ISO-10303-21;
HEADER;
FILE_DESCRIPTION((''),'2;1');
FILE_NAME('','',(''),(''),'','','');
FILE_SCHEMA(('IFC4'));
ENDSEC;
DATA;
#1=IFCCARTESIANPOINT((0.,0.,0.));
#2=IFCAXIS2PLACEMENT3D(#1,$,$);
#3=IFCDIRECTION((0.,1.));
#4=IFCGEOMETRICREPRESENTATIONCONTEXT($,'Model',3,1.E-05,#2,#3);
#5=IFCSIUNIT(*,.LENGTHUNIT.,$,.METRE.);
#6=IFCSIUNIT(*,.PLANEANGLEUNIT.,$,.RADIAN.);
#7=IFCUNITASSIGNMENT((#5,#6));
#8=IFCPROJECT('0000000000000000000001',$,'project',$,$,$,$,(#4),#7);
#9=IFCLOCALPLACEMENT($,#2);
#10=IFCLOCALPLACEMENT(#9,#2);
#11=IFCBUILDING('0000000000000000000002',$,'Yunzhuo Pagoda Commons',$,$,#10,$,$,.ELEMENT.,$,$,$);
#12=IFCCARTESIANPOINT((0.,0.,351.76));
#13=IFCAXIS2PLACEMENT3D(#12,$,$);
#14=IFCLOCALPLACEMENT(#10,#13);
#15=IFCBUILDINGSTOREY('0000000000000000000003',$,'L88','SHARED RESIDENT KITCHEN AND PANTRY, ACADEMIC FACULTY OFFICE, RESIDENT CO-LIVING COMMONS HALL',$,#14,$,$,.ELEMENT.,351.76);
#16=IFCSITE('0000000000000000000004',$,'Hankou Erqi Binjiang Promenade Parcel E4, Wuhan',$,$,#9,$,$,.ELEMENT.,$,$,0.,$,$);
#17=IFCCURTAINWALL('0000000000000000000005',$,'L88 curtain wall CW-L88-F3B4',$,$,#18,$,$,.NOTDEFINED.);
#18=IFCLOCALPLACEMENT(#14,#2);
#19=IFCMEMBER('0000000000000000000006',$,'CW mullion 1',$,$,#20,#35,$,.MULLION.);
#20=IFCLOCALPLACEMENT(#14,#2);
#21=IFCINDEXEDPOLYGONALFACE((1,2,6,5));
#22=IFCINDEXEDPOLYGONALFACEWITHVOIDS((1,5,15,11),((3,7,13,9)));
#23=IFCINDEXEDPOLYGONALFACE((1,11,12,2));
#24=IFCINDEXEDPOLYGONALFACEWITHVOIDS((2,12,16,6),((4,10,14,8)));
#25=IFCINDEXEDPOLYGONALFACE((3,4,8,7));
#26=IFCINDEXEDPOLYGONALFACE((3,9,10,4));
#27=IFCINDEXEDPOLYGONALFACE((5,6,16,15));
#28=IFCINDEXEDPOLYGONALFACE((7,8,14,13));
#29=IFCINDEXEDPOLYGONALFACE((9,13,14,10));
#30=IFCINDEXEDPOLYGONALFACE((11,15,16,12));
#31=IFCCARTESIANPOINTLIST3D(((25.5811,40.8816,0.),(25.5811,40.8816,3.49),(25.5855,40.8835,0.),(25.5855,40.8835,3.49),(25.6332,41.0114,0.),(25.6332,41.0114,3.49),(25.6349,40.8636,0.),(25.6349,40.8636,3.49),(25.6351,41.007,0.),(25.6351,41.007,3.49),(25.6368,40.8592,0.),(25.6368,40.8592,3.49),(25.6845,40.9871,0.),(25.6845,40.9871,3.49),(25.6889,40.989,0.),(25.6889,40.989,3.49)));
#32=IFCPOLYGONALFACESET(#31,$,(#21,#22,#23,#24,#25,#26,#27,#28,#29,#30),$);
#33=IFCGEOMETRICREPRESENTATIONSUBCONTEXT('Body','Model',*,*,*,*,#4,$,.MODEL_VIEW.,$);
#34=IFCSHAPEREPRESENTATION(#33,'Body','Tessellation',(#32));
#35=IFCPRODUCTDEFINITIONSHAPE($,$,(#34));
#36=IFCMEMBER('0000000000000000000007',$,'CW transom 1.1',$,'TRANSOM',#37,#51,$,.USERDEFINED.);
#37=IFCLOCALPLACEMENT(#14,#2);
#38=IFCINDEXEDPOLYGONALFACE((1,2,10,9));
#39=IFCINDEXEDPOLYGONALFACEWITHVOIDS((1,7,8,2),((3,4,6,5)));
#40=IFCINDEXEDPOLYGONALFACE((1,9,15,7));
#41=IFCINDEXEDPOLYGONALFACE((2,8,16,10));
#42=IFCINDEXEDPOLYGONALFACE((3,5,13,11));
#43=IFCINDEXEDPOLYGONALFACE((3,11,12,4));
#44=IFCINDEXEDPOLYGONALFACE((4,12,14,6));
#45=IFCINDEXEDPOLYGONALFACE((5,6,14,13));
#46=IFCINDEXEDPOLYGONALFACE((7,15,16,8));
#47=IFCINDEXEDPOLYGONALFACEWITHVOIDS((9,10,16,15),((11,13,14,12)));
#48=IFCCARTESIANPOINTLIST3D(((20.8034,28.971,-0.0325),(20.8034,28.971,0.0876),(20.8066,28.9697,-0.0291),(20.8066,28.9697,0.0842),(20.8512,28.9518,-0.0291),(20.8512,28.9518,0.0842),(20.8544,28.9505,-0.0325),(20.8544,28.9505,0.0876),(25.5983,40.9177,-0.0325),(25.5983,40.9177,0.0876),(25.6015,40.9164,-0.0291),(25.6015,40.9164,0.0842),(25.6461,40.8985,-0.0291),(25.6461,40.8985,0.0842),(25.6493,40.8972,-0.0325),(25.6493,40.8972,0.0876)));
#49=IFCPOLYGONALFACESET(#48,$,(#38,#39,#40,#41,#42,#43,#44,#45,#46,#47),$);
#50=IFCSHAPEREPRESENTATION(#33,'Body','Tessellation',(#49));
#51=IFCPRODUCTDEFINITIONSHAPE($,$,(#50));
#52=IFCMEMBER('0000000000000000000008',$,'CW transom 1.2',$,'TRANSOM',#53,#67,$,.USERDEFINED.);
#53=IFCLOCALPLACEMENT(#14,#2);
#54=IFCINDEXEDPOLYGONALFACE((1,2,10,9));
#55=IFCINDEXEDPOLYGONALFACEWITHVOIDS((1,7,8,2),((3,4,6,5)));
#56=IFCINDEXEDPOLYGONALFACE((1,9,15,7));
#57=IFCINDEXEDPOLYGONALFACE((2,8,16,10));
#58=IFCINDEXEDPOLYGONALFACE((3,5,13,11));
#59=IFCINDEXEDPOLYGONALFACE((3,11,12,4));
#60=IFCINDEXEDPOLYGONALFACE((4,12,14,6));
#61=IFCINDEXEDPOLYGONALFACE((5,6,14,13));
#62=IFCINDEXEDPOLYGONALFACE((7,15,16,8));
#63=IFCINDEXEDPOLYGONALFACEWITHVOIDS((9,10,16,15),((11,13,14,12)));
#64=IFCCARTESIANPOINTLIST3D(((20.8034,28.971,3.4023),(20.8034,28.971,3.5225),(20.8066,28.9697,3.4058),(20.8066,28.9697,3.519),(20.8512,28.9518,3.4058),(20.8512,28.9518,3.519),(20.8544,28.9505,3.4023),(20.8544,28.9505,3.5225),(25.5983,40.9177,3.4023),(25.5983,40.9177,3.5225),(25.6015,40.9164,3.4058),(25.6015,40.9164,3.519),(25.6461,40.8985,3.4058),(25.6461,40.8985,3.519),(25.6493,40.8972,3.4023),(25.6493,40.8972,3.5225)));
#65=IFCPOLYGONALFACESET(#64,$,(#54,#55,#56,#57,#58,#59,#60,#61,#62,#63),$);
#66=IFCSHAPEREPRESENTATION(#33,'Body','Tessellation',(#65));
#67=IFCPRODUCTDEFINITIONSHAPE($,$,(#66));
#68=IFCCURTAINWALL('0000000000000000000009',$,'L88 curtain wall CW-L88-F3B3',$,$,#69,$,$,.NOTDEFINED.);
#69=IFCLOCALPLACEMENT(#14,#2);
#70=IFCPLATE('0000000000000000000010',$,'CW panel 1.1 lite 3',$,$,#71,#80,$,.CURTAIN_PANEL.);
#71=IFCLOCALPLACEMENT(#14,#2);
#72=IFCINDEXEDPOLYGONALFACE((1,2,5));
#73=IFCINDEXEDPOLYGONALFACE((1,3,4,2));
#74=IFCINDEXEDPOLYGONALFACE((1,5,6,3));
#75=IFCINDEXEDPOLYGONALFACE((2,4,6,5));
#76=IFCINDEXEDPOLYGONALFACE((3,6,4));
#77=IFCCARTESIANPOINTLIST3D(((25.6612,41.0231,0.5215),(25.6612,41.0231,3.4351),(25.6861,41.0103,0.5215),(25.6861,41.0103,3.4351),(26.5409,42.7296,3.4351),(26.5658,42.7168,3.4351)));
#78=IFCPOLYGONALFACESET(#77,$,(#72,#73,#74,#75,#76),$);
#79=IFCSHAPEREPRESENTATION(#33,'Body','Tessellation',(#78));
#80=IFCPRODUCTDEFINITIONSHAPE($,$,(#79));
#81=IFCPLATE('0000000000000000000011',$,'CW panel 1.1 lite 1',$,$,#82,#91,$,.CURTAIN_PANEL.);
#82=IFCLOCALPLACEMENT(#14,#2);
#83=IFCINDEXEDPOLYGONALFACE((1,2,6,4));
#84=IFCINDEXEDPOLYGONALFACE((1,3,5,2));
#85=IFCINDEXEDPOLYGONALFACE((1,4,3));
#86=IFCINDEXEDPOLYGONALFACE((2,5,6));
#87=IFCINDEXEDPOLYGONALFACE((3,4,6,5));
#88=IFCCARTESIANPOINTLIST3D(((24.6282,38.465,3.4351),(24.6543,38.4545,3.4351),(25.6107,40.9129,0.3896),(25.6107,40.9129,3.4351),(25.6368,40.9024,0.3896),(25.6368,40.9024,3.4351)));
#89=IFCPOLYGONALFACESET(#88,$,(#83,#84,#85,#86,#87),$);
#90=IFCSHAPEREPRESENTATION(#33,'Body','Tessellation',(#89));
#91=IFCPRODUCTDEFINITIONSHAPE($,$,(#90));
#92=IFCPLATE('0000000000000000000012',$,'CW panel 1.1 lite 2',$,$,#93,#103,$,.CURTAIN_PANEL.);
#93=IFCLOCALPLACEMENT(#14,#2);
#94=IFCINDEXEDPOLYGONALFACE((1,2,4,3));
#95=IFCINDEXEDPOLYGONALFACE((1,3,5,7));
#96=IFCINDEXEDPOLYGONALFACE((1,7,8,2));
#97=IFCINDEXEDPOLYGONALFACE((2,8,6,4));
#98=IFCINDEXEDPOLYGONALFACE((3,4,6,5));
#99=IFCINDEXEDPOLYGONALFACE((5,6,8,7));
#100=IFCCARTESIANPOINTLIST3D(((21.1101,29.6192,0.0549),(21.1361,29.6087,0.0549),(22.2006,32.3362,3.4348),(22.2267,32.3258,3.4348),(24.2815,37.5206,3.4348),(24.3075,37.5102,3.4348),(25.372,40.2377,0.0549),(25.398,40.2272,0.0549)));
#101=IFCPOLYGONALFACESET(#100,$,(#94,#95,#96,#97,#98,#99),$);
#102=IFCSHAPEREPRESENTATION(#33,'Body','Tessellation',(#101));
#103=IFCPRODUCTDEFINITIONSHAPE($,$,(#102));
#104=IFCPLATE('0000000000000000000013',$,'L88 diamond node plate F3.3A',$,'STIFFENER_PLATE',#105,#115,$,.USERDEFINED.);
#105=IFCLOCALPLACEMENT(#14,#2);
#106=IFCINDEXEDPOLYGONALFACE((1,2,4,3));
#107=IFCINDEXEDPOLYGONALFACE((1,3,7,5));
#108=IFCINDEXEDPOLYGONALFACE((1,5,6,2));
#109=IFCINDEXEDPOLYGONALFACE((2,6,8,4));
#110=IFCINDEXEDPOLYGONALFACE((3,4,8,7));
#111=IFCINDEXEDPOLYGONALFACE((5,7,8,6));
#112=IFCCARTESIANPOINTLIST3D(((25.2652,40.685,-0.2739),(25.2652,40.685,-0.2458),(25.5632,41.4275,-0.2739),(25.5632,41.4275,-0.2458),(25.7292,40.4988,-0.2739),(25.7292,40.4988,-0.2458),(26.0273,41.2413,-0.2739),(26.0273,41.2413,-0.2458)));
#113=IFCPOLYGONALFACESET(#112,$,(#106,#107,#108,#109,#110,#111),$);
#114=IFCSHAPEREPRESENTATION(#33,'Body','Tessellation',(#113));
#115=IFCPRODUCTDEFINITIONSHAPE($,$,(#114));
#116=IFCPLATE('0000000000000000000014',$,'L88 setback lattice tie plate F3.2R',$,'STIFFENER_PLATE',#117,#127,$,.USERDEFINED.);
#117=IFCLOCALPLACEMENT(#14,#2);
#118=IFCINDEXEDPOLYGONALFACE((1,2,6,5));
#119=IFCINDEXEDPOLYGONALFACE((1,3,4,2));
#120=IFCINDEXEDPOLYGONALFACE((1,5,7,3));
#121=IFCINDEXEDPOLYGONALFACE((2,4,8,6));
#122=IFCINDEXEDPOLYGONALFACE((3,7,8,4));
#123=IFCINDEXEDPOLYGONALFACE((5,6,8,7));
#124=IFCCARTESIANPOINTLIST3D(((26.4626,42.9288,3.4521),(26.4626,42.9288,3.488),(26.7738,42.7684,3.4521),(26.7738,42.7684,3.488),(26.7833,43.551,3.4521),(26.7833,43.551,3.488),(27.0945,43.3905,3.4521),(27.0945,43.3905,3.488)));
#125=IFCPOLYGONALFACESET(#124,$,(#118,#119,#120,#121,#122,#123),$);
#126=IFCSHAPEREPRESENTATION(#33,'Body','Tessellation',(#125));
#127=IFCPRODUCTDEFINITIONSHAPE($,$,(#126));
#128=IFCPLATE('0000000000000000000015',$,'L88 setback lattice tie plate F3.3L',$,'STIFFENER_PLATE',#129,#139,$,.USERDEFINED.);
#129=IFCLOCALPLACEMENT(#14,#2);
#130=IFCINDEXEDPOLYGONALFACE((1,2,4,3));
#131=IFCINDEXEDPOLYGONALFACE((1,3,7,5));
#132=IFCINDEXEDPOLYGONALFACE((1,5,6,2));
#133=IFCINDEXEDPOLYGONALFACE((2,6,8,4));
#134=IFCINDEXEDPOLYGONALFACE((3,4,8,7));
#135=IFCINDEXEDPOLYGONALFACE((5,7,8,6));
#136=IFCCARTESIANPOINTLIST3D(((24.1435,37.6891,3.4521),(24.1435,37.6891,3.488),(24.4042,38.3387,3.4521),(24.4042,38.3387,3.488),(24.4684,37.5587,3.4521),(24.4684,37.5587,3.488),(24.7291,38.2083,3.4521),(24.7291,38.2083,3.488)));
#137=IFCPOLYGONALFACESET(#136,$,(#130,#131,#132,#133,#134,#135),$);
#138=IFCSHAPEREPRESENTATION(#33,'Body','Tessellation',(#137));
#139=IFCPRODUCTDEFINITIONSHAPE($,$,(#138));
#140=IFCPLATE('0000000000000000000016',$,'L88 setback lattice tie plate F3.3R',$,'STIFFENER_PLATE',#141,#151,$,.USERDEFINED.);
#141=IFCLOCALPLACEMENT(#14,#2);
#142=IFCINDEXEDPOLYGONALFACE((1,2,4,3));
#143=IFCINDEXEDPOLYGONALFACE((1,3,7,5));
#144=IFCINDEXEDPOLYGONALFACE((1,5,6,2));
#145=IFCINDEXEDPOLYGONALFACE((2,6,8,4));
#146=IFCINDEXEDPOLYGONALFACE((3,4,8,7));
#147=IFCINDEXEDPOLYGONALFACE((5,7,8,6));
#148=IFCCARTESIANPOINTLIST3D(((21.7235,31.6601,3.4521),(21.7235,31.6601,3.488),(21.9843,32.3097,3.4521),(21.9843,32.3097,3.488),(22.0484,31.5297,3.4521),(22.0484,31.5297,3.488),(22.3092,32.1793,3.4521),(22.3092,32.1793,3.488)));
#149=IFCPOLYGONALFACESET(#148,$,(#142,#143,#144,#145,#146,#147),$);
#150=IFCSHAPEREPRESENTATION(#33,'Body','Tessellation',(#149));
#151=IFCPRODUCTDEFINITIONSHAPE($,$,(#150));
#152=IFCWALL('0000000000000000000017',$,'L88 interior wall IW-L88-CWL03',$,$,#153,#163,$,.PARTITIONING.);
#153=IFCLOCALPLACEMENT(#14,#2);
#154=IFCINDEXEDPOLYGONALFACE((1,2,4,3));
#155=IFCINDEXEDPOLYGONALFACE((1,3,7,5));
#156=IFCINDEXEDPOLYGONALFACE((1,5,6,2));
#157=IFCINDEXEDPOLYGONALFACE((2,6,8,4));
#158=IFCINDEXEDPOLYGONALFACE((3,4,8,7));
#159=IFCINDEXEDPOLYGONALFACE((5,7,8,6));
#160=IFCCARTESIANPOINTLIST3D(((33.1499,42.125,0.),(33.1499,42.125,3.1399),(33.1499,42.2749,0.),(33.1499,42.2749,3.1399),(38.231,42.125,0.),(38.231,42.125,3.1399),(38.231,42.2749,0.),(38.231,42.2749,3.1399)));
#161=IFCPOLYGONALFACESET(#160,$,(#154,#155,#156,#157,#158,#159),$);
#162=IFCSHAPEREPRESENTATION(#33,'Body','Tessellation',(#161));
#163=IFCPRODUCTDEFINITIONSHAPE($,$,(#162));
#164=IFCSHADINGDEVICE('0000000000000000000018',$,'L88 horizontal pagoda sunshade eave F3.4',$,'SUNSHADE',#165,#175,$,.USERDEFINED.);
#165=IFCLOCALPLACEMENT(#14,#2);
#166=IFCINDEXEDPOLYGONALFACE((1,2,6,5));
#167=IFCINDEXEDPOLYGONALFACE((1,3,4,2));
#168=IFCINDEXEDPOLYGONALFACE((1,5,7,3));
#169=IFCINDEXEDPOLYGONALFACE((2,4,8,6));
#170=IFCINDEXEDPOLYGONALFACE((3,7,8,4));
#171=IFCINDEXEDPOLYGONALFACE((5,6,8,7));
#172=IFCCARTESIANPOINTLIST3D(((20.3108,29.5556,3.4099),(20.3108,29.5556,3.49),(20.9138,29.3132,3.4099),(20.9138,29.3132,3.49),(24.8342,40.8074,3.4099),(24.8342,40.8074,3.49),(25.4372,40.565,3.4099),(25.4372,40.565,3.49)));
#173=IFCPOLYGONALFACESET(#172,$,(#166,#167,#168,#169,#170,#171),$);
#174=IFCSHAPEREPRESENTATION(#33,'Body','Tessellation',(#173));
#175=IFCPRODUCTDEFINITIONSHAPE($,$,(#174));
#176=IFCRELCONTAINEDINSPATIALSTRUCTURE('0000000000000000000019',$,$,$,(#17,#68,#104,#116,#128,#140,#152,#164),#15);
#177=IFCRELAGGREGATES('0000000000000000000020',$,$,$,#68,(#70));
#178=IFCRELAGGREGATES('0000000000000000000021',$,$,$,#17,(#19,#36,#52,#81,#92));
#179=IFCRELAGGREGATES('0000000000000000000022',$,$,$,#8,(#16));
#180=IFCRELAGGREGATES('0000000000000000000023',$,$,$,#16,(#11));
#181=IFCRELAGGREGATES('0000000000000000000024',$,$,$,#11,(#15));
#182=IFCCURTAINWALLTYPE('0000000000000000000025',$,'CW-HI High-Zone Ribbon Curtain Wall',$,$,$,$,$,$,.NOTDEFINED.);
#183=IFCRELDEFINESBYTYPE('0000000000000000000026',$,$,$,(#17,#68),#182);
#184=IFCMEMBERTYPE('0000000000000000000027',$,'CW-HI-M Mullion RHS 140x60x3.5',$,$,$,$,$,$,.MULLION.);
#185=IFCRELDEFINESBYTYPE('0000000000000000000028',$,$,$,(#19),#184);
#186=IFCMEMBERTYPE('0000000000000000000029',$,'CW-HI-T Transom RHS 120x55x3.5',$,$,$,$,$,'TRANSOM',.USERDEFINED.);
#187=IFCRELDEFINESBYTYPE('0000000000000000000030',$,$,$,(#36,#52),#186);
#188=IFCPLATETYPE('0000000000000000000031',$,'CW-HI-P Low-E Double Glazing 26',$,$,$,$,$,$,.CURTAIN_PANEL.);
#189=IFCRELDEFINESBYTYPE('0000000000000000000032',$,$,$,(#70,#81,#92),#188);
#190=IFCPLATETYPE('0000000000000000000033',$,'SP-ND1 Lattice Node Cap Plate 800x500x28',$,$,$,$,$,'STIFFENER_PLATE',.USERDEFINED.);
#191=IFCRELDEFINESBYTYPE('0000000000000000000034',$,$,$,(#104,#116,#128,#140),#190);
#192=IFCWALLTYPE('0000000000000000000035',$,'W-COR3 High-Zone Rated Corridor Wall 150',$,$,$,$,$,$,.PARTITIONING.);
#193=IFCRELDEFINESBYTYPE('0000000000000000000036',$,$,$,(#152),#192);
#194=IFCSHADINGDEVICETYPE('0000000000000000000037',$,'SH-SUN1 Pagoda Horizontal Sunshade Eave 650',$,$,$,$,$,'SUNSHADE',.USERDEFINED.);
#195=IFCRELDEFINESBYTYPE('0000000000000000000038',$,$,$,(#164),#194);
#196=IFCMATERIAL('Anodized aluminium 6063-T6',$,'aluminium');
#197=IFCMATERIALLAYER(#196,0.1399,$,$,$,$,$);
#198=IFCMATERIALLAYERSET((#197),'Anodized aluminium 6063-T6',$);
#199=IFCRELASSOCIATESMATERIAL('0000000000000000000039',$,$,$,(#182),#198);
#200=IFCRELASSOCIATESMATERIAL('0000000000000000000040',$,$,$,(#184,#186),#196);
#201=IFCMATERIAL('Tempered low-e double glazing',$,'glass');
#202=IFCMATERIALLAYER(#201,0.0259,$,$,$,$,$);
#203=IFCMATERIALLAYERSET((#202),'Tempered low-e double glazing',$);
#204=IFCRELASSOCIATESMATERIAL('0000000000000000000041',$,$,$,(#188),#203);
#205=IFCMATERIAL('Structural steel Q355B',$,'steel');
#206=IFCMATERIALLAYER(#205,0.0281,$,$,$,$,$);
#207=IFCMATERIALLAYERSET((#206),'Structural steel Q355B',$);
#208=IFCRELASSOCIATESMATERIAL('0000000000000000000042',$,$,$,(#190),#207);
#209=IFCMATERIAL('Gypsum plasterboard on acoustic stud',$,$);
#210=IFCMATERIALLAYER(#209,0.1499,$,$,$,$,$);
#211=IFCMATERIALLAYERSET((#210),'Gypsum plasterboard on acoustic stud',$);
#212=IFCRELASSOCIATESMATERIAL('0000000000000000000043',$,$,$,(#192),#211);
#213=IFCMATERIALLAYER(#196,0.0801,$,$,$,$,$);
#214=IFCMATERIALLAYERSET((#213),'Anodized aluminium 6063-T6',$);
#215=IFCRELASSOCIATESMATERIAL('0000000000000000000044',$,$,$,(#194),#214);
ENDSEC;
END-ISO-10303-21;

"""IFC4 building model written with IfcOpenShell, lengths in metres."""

from ifc_helpers import new_model, si_unit, direction, frame, frame_2d, origin, origin_2d, place, context, subcontext, project, spatial, polyline, rectangle, hollow_rectangle, outline, extrude, source, transform, mapped, material, layer, layer_set, material_profile, profile_set, type_object, element, aggregate, save


model = new_model("IFC4")

# Units and contexts
model_context = context("Model", 3, precision=1e-05, world=origin(), true_north=direction((0.0, 1.0)))
body_context = subcontext(model_context, "Body", "Model", "MODEL_VIEW")
ifc_project = project(units=[si_unit("LENGTHUNIT", "METRE"), si_unit("PLANEANGLEUNIT", "RADIAN")], contexts=[model_context])

# Site, building, storey
site_placement = place(None, origin())
site = spatial("IfcSite", under=ifc_project, at=site_placement, Name="Hankou Erqi Binjiang Promenade Parcel E4, Wuhan", CompositionType="ELEMENT", RefElevation=0.0)
building_placement = place(site_placement, origin())
building = spatial("IfcBuilding", under=site, at=building_placement, Name="Yunzhuo Pagoda Commons", CompositionType="ELEMENT")
storey_placement = place(building_placement, frame((0.0, 0.0, 351.76)))
storey = spatial("IfcBuildingStorey", under=building, at=storey_placement, Name="L88", Description="SHARED RESIDENT KITCHEN AND PANTRY, ACADEMIC FACULTY OFFICE, RESIDENT CO-LIVING COMMONS HALL", CompositionType="ELEMENT", Elevation=351.76)

# Shared definitions
ifc_material_1 = material(Name="Structural steel Q355B", Category="steel")

# Curtain wall, members
ifc_material_2 = material(Name="Anodized aluminium 6063-T6", Category="aluminium")
ifc_layer_1 = layer(ifc_material_2, 0.1399)
ifc_layer_set_1 = layer_set([ifc_layer_1], Name="Anodized aluminium 6063-T6")
curtain_wall_type = type_object("IfcCurtainWallType", Name="CW-HI High-Zone Ribbon Curtain Wall", PredefinedType="NOTDEFINED", material=ifc_layer_set_1)
curtain_wall_1_placement = place(storey_placement, origin())
curtain_wall_1 = element("IfcCurtainWall", 1, at=curtain_wall_1_placement, inside=storey, type_object=curtain_wall_type, Name="L88 curtain wall CW-L88-F3B4", PredefinedType="NOTDEFINED")
ifc_material_profile_1 = material_profile(ifc_material_2, hollow_rectangle(XDim=0.0601, YDim=0.1399, WallThickness=0.0034, at=origin_2d()), Name="Anodized aluminium 6063-T6")
ifc_profile_set_1 = profile_set([ifc_material_profile_1], Name="Anodized aluminium 6063-T6")
member_type_1 = type_object("IfcMemberType", Name="CW-HI-M Mullion RHS 140x60x3.5", PredefinedType="MULLION", material=ifc_profile_set_1)
shared_shape_1 = source(origin(), body_context, "Body", "SweptSolid", [
    extrude(hollow_rectangle(XDim=0.0601, YDim=0.1399, WallThickness=0.0034, at=origin_2d()), origin(), (0.0, 0.0, 1.0), 3.49),
])
member_1_placement = place(storey_placement, frame((25.635, 40.9353, 0.0), z_axis=(0.0, 0.0, 1.0), x_axis=(0.928039, -0.372483, 0.0)))
member_1 = element("IfcMember", 2, at=member_1_placement, type_object=member_type_1, Name="CW mullion 1", PredefinedType="MULLION", context=body_context, shape_type="MappedRepresentation", body=[
    mapped(shared_shape_1, transform((0.0, 0.0, 0.0), scale=1.0)),
])
ifc_material_profile_2 = material_profile(ifc_material_2, hollow_rectangle(XDim=0.0549, YDim=0.1201, WallThickness=0.0034, at=origin_2d()), Name="Anodized aluminium 6063-T6")
ifc_profile_set_2 = profile_set([ifc_material_profile_2], Name="Anodized aluminium 6063-T6")
member_type_2 = type_object("IfcMemberType", Name="CW-HI-T Transom RHS 120x55x3.5", ElementType="TRANSOM", PredefinedType="USERDEFINED", material=ifc_profile_set_2)
shared_shape_2 = source(origin(), body_context, "Body", "SweptSolid", [
    extrude(hollow_rectangle(XDim=0.0549, YDim=0.1201, WallThickness=0.0034, at=origin_2d()), origin(), (0.0, 0.0, 1.0), 12.873),
])
member_2_placement = place(storey_placement, frame((25.6238, 40.9075, 0.0276), z_axis=(-0.372476, -0.928042, 0.0), x_axis=(0.928042, -0.372476, 0.0)))
member_2 = element("IfcMember", 3, at=member_2_placement, type_object=member_type_2, Name="CW transom 1.1", ObjectType="TRANSOM", PredefinedType="USERDEFINED", context=body_context, shape_type="MappedRepresentation", body=[
    mapped(shared_shape_2, transform((0.0, 0.0, 0.0), scale=1.0)),
])
member_3_placement = place(storey_placement, frame((25.6238, 40.9075, 3.4624), z_axis=(-0.372476, -0.928042, 0.0), x_axis=(0.928042, -0.372476, 0.0)))
member_3 = element("IfcMember", 4, at=member_3_placement, type_object=member_type_2, Name="CW transom 1.2", ObjectType="TRANSOM", PredefinedType="USERDEFINED", context=body_context, shape_type="MappedRepresentation", body=[
    mapped(shared_shape_2, transform((0.0, 0.0, 0.0), scale=1.0)),
])

# Curtain wall, plate
curtain_wall_2_placement = place(storey_placement, origin())
curtain_wall_2 = element("IfcCurtainWall", 5, at=curtain_wall_2_placement, inside=storey, type_object=curtain_wall_type, Name="L88 curtain wall CW-L88-F3B3", PredefinedType="NOTDEFINED")
ifc_material_3 = material(Name="Tempered low-e double glazing", Category="glass")
ifc_layer_2 = layer(ifc_material_3, 0.0259)
ifc_layer_set_2 = layer_set([ifc_layer_2], Name="Tempered low-e double glazing")
plate_type_1 = type_object("IfcPlateType", Name="CW-HI-P Low-E Double Glazing 26", PredefinedType="CURTAIN_PANEL", material=ifc_layer_set_2)
plate_1_placement = place(storey_placement, frame((26.126, 41.8635, 1.9783), z_axis=(-0.888846, 0.458207, 0.0), x_axis=(-0.458207, -0.888846, 0.0)))
plate_1 = element("IfcPlate", 6, at=plate_1_placement, type_object=plate_type_1, Name="CW panel 1.1 lite 3", PredefinedType="CURTAIN_PANEL", context=body_context, shape_type="SweptSolid", body=[
    extrude(outline(polyline([(-0.96, 1.4568), (0.96, -1.4568), (0.96, 1.4568), (-0.96, 1.4568)])), origin(), (0.0, 0.0, 1.0), 0.0281),
])
aggregate(curtain_wall_2, [plate_1])

# Plates
plate_2_placement = place(storey_placement, frame((25.1455, 39.6785, 1.9124), z_axis=(-0.928039, 0.372483, 0.0), x_axis=(-0.372483, -0.928039, 0.0)))
plate_2 = element("IfcPlate", 7, at=plate_2_placement, type_object=plate_type_1, Name="CW panel 1.1 lite 1", PredefinedType="CURTAIN_PANEL", context=body_context, shape_type="SweptSolid", body=[
    extrude(outline(polyline([(-1.3188, -1.5227), (1.3188, 1.5227), (-1.3188, 1.5227), (-1.3188, -1.5227)])), origin(), (0.0, 0.0, 1.0), 0.0281),
])
plate_3_placement = place(storey_placement, frame((23.2671, 34.918, 1.7449), z_axis=(-0.928039, 0.372483, 0.0), x_axis=(-0.372483, -0.928039, 0.0)))
plate_3 = element("IfcPlate", 8, at=plate_3_placement, type_object=plate_type_1, Name="CW panel 1.1 lite 2", PredefinedType="CURTAIN_PANEL", context=body_context, shape_type="SweptSolid", body=[
    extrude(outline(polyline([(-5.7209, -1.6899), (5.7209, -1.6899), (2.7932, 1.6899), (-2.7932, 1.6899), (-5.7209, -1.6899)])), origin(), (0.0, 0.0, 1.0), 0.0281),
])
aggregate(curtain_wall_1, [member_1, member_2, member_3, plate_2, plate_3])

# Plates
ifc_layer_3 = layer(ifc_material_1, 0.0281)
ifc_layer_set_3 = layer_set([ifc_layer_3], Name="Structural steel Q355B")
plate_type_2 = type_object("IfcPlateType", Name="SP-ND1 Lattice Node Cap Plate 800x500x28", ElementType="STIFFENER_PLATE", PredefinedType="USERDEFINED", material=ifc_layer_set_3)
shared_shape_3 = source(origin(), body_context, "Body", "SweptSolid", [
    extrude(rectangle(XDim=0.8, YDim=0.5, at=origin_2d()), origin(), (0.0, 0.0, 1.0), 0.0281),
])
plate_4_placement = place(storey_placement, frame((25.6462, 40.9631, -0.2739), z_axis=(0.0, 0.0, 1.0), x_axis=(-0.372486, -0.928038, 0.0)))
element("IfcPlate", 9, at=plate_4_placement, inside=storey, type_object=plate_type_2, Name="L88 diamond node plate F3.3A", ObjectType="STIFFENER_PLATE", PredefinedType="USERDEFINED", context=body_context, shape_type="MappedRepresentation", body=[
    mapped(shared_shape_3, transform((0.0, 0.0, 0.0), scale=1.0)),
])
shared_shape_4 = source(origin(), body_context, "Body", "SweptSolid", [
    extrude(rectangle(XDim=0.7, YDim=0.3501, at=origin_2d()), origin(), (0.0, 0.0, 1.0), 0.0359),
])
for number, where, z_axis, x_axis, name in (
    (10, (26.7786, 43.1597, 3.4521), (0.0, 0.0, 1.0), (-0.4582, -0.888849, 0.0), "L88 setback lattice tie plate F3.2R"),
    (11, (24.4363, 37.9487, 3.4521), (0.0, 0.0, 1.0), (-0.372486, -0.928038, 0.0), "L88 setback lattice tie plate F3.3L"),
    (12, (22.0164, 31.9197, 3.4521), (0.0, 0.0, 1.0), (-0.372486, -0.928038, 0.0), "L88 setback lattice tie plate F3.3R"),
):
    element("IfcPlate", number, at=place(storey_placement, frame(where, z_axis=z_axis, x_axis=x_axis)), inside=storey, type_object=plate_type_2, Name=name, ObjectType="STIFFENER_PLATE", PredefinedType="USERDEFINED", context=body_context, shape_type="MappedRepresentation", body=[
        mapped(shared_shape_4, transform((0.0, 0.0, 0.0), scale=1.0)),
    ])

# Wall
ifc_material_4 = material(Name="Gypsum plasterboard on acoustic stud")
ifc_layer_4 = layer(ifc_material_4, 0.1499)
ifc_layer_set_4 = layer_set([ifc_layer_4], Name="Gypsum plasterboard on acoustic stud")
wall_type = type_object("IfcWallType", Name="W-COR3 High-Zone Rated Corridor Wall 150", PredefinedType="PARTITIONING", material=ifc_layer_set_4)
wall_placement = place(storey_placement, frame((33.1499, 42.2, 0.0), z_axis=(0.0, 0.0, 1.0), x_axis=(1.0, 0.0, 0.0)))
element("IfcWall", 13, at=wall_placement, inside=storey, type_object=wall_type, Name="L88 interior wall IW-L88-CWL03", PredefinedType="PARTITIONING", context=body_context, shape_type="SweptSolid", body=[
    extrude(rectangle(XDim=5.0811, YDim=0.1499, at=frame_2d((2.5405, 0.0))), origin(), (0.0, 0.0, 1.0), 3.1399),
])

# Shading device
ifc_layer_5 = layer(ifc_material_2, 0.0801)
ifc_layer_set_5 = layer_set([ifc_layer_5], Name="Anodized aluminium 6063-T6")
shading_device_type = type_object("IfcShadingDeviceType", Name="SH-SUN1 Pagoda Horizontal Sunshade Eave 650", ElementType="SUNSHADE", PredefinedType="USERDEFINED", material=ifc_layer_set_5)
shared_shape_5 = source(origin(), body_context, "Body", "SweptSolid", [
    extrude(rectangle(XDim=12.127, YDim=0.6499, at=origin_2d()), origin(), (0.0, 0.0, 1.0), 0.0801),
])
shading_device_placement = place(storey_placement, frame((22.874, 35.0603, 3.4099), z_axis=(0.0, 0.0, 1.0), x_axis=(-0.373004, -0.92783, 0.0)))
element("IfcShadingDevice", 14, at=shading_device_placement, inside=storey, type_object=shading_device_type, Name="L88 horizontal pagoda sunshade eave F3.4", ObjectType="SUNSHADE", PredefinedType="USERDEFINED", context=body_context, shape_type="MappedRepresentation", body=[
    mapped(shared_shape_5, transform((0.0, 0.0, 0.0), scale=1.0)),
])

save(model, "model.ifc")
